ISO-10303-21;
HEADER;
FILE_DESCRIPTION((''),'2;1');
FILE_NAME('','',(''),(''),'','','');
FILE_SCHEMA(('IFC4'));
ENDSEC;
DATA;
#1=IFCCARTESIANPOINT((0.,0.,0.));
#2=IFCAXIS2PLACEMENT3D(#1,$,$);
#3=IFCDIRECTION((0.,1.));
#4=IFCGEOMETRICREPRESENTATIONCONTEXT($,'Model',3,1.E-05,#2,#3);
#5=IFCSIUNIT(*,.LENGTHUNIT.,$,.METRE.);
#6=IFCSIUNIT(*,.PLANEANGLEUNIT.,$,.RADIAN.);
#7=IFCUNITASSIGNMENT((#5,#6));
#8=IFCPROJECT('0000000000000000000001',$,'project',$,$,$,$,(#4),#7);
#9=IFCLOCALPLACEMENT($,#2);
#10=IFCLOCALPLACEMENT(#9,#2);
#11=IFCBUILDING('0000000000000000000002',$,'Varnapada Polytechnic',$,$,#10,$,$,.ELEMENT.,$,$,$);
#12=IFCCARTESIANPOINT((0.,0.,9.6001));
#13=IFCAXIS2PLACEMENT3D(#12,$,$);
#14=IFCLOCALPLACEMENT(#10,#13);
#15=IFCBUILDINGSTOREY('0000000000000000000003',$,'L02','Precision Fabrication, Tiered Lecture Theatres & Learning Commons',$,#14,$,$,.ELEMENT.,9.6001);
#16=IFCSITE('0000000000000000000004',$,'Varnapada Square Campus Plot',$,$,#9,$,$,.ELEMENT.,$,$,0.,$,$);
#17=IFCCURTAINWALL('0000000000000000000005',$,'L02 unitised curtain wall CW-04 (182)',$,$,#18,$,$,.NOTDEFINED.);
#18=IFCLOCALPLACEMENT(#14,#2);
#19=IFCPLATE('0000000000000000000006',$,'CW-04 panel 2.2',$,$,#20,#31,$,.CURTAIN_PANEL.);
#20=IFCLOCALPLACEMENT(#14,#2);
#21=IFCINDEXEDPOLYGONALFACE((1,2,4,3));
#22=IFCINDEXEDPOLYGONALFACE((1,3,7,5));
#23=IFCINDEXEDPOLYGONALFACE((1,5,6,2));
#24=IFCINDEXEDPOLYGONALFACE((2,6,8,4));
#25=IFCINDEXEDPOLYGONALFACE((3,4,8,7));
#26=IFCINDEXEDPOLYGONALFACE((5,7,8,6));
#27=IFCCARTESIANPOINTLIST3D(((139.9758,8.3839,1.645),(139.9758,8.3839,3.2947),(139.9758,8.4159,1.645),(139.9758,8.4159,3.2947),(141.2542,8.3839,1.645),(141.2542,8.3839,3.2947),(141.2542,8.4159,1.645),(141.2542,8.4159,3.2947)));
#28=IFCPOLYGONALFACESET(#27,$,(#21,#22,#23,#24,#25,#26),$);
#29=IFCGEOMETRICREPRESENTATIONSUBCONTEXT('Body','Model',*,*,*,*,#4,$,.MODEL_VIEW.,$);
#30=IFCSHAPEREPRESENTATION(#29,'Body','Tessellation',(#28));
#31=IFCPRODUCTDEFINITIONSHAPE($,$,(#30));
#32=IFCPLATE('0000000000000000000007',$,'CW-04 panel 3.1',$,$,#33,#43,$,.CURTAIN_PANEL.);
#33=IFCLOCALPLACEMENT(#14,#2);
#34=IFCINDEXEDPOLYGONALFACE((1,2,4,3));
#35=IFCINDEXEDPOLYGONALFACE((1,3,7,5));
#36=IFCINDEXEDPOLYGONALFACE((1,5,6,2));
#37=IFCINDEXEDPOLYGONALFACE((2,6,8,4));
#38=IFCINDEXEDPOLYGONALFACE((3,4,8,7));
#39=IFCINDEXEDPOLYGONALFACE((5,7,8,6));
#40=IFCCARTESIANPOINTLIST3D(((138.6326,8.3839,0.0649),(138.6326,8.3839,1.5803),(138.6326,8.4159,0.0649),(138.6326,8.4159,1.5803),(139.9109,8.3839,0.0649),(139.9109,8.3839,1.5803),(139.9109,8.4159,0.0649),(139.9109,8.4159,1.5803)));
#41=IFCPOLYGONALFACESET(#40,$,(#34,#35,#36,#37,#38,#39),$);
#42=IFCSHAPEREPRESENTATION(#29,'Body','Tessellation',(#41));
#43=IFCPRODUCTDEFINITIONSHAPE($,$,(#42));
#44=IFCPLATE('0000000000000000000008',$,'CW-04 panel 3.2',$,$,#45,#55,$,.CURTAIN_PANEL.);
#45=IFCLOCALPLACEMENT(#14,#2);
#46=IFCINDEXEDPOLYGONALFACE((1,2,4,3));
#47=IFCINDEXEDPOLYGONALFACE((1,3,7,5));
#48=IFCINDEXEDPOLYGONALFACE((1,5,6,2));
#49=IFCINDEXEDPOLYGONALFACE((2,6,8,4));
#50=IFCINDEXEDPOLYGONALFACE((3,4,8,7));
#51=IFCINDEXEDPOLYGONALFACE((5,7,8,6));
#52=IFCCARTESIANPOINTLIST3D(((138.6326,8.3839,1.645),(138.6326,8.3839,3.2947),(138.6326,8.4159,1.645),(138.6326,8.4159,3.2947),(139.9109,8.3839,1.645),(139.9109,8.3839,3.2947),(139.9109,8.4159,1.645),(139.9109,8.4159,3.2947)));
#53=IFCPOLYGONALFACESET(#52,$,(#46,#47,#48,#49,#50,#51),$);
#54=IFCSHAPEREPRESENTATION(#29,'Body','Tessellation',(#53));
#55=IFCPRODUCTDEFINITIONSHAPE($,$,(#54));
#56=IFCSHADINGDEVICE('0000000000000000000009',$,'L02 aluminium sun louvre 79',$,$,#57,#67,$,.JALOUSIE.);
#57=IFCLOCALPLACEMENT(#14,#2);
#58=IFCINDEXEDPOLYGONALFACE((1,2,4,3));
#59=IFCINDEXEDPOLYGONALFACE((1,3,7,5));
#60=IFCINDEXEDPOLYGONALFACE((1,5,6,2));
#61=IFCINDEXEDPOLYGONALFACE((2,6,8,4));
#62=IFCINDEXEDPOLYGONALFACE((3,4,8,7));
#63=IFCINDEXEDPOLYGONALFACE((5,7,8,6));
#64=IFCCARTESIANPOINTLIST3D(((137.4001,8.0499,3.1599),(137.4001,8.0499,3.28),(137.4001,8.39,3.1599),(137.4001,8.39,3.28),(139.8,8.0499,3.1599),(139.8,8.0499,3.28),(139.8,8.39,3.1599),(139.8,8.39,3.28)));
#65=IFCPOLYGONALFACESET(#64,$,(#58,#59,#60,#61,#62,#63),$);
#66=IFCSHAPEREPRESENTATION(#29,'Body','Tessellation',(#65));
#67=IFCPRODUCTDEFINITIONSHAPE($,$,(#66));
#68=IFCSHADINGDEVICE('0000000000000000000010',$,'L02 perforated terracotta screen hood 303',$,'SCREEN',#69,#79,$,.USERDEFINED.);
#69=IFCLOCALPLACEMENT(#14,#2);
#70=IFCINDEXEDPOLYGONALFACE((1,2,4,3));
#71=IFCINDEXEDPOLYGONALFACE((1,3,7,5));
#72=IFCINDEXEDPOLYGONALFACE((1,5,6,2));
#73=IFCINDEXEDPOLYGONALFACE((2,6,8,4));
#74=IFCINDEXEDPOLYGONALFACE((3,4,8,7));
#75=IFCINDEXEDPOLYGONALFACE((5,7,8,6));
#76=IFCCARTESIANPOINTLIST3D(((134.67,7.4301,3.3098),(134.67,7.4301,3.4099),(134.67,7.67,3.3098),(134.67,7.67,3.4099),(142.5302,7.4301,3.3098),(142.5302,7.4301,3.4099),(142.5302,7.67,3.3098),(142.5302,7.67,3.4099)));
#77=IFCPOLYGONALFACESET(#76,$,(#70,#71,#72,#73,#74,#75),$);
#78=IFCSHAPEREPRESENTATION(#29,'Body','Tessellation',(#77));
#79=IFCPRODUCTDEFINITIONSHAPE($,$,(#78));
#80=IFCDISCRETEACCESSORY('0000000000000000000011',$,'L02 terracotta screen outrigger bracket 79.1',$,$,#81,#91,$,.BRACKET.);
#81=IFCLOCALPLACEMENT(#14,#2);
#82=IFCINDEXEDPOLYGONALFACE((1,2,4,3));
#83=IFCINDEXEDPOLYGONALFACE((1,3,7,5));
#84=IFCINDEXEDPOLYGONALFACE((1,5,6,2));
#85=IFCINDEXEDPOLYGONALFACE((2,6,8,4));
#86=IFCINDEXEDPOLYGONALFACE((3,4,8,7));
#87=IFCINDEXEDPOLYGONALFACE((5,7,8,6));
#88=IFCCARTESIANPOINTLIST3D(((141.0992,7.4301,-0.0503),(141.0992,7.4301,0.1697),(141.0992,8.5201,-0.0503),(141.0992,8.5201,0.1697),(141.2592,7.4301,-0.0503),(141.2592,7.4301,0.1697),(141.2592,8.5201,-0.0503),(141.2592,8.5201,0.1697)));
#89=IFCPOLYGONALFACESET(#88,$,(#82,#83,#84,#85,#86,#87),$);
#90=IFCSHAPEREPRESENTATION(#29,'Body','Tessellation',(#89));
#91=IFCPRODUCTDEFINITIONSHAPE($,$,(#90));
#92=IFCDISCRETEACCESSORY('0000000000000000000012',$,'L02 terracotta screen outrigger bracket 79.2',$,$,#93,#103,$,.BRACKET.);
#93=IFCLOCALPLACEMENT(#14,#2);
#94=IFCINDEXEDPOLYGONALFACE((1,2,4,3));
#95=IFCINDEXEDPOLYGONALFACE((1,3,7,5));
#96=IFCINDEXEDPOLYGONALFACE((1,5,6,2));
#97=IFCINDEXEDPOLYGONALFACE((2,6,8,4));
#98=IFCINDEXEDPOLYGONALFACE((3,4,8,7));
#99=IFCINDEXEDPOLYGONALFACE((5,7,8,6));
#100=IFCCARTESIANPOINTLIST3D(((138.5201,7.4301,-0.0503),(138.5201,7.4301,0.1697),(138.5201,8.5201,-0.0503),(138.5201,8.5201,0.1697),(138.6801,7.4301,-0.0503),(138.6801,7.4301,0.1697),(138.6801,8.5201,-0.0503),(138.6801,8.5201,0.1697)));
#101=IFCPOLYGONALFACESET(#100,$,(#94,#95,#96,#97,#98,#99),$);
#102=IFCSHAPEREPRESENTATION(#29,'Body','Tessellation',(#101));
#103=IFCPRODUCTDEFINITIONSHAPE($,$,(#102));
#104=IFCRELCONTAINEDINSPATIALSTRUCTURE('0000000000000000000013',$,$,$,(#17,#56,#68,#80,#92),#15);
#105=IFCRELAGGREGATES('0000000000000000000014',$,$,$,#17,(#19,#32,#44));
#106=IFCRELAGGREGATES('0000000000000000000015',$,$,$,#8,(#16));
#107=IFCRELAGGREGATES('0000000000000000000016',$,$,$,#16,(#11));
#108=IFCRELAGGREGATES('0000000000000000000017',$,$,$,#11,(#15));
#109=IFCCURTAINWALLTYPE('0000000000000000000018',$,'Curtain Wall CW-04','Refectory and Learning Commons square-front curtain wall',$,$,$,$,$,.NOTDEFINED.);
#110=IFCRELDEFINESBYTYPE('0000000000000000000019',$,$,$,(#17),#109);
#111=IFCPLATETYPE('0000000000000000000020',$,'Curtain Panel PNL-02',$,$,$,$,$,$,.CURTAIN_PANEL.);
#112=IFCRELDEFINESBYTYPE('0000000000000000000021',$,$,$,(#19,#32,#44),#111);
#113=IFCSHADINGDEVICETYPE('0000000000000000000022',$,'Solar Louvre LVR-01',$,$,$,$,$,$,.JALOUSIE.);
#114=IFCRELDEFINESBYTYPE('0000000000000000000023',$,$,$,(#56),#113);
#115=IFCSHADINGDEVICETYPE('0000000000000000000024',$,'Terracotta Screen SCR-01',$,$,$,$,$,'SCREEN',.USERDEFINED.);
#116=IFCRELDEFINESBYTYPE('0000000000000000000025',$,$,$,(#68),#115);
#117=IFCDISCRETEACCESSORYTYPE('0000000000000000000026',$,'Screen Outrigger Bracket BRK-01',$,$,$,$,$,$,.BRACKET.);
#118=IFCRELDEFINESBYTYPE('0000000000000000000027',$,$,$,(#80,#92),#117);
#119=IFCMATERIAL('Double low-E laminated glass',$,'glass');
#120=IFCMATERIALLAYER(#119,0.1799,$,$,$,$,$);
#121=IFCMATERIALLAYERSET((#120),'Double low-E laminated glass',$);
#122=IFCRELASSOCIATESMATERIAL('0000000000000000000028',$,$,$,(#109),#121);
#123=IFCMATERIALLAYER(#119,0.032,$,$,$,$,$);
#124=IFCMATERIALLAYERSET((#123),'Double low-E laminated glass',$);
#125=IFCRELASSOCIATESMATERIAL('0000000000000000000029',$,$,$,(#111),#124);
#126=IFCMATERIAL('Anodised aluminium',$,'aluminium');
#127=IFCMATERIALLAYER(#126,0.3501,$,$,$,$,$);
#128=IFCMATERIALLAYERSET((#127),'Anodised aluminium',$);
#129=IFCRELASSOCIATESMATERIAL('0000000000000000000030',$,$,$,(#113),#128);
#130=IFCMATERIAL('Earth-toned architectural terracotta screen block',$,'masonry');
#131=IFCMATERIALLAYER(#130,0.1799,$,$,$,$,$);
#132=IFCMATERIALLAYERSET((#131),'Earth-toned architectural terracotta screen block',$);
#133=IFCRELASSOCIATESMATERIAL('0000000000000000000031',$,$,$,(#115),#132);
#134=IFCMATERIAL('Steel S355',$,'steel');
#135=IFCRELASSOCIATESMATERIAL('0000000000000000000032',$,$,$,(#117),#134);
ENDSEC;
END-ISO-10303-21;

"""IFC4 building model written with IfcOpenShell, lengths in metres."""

from ifc_helpers import new_model, si_unit, direction, frame, origin, origin_2d, place, context, subcontext, project, spatial, rectangle, extrude, material, layer, layer_set, type_object, element, aggregate, save


model = new_model("IFC4")

# Units and contexts
model_context = context("Model", 3, precision=1e-05, world=origin(), true_north=direction((0.0, 1.0)))
body_context = subcontext(model_context, "Body", "Model", "MODEL_VIEW")
ifc_project = project(units=[si_unit("LENGTHUNIT", "METRE"), si_unit("PLANEANGLEUNIT", "RADIAN")], contexts=[model_context])

# Site, building, storey
site_placement = place(None, origin())
site = spatial("IfcSite", under=ifc_project, at=site_placement, Name="Varnapada Square Campus Plot", CompositionType="ELEMENT", RefElevation=0.0)
building_placement = place(site_placement, origin())
building = spatial("IfcBuilding", under=site, at=building_placement, Name="Varnapada Polytechnic", CompositionType="ELEMENT")
storey_placement = place(building_placement, frame((0.0, 0.0, 9.6001)))
storey = spatial("IfcBuildingStorey", under=building, at=storey_placement, Name="L02", Description="Precision Fabrication, Tiered Lecture Theatres & Learning Commons", CompositionType="ELEMENT", Elevation=9.6001)

# Curtain wall, plates
ifc_material_1 = material(Name="Double low-E laminated glass", Category="glass")
ifc_layer_1 = layer(ifc_material_1, 0.1799)
ifc_layer_set_1 = layer_set([ifc_layer_1], Name="Double low-E laminated glass")
curtain_wall_type = type_object("IfcCurtainWallType", Name="Curtain Wall CW-04", Description="Refectory and Learning Commons square-front curtain wall", PredefinedType="NOTDEFINED", material=ifc_layer_set_1)
curtain_wall_placement = place(storey_placement, origin())
curtain_wall = element("IfcCurtainWall", 1, at=curtain_wall_placement, inside=storey, type_object=curtain_wall_type, Name="L02 unitised curtain wall CW-04 (182)", PredefinedType="NOTDEFINED")
ifc_material_2 = material(Name="Anodised aluminium", Category="aluminium")
ifc_layer_2 = layer(ifc_material_1, 0.032)
ifc_layer_set_2 = layer_set([ifc_layer_2], Name="Double low-E laminated glass")
plate_type = type_object("IfcPlateType", Name="Curtain Panel PNL-02", PredefinedType="CURTAIN_PANEL", material=ifc_layer_set_2)
plate_1_placement = place(storey_placement, frame((140.615, 8.3999, 1.645), z_axis=(0.0, 0.0, 1.0), x_axis=(-1.0, 0.0, 0.0)))
plate_1 = element("IfcPlate", 2, at=plate_1_placement, type_object=plate_type, Name="CW-04 panel 2.2", PredefinedType="CURTAIN_PANEL", context=body_context, shape_type="SweptSolid", body=[
    extrude(rectangle(XDim=1.2783, YDim=0.032, at=origin_2d()), origin(), (0.0, 0.0, 1.0), 1.6497),
])
plate_2_placement = place(storey_placement, frame((139.2717, 8.3999, 0.0649), z_axis=(0.0, 0.0, 1.0), x_axis=(-1.0, 0.0, 0.0)))
plate_2 = element("IfcPlate", 3, at=plate_2_placement, type_object=plate_type, Name="CW-04 panel 3.1", PredefinedType="CURTAIN_PANEL", context=body_context, shape_type="SweptSolid", body=[
    extrude(rectangle(XDim=1.2783, YDim=0.032, at=origin_2d()), origin(), (0.0, 0.0, 1.0), 1.5154),
])
plate_3_placement = place(storey_placement, frame((139.2717, 8.3999, 1.645), z_axis=(0.0, 0.0, 1.0), x_axis=(-1.0, 0.0, 0.0)))
plate_3 = element("IfcPlate", 4, at=plate_3_placement, type_object=plate_type, Name="CW-04 panel 3.2", PredefinedType="CURTAIN_PANEL", context=body_context, shape_type="SweptSolid", body=[
    extrude(rectangle(XDim=1.2783, YDim=0.032, at=origin_2d()), origin(), (0.0, 0.0, 1.0), 1.6497),
])
aggregate(curtain_wall, [plate_1, plate_2, plate_3])

# Shading devices
ifc_layer_3 = layer(ifc_material_2, 0.3501)
ifc_layer_set_3 = layer_set([ifc_layer_3], Name="Anodised aluminium")
shading_device_type_1 = type_object("IfcShadingDeviceType", Name="Solar Louvre LVR-01", PredefinedType="JALOUSIE", material=ifc_layer_set_3)
shading_device_1_placement = place(storey_placement, frame((138.6001, 8.22, 3.1599), z_axis=(0.0, 0.0, 1.0), x_axis=(-1.0, 0.0, 0.0)))
element("IfcShadingDevice", 5, at=shading_device_1_placement, inside=storey, type_object=shading_device_type_1, Name="L02 aluminium sun louvre 79", PredefinedType="JALOUSIE", context=body_context, shape_type="SweptSolid", body=[
    extrude(rectangle(XDim=2.3999, YDim=0.3401, at=origin_2d()), origin(), (0.0, 0.0, 1.0), 0.1201),
])
ifc_material_3 = material(Name="Earth-toned architectural terracotta screen block", Category="masonry")
ifc_layer_4 = layer(ifc_material_3, 0.1799)
ifc_layer_set_4 = layer_set([ifc_layer_4], Name="Earth-toned architectural terracotta screen block")
shading_device_type_2 = type_object("IfcShadingDeviceType", Name="Terracotta Screen SCR-01", ElementType="SCREEN", PredefinedType="USERDEFINED", material=ifc_layer_set_4)
shading_device_2_placement = place(storey_placement, frame((138.6001, 7.55, 3.3098), z_axis=(0.0, 0.0, 1.0), x_axis=(-1.0, 0.0, 0.0)))
element("IfcShadingDevice", 6, at=shading_device_2_placement, inside=storey, type_object=shading_device_type_2, Name="L02 perforated terracotta screen hood 303", ObjectType="SCREEN", PredefinedType="USERDEFINED", context=body_context, shape_type="SweptSolid", body=[
    extrude(rectangle(XDim=7.8601, YDim=0.24, at=origin_2d()), origin(), (0.0, 0.0, 1.0), 0.1001),
])

# Discrete accessories
ifc_material_4 = material(Name="Steel S355", Category="steel")
discrete_accessory_type = type_object("IfcDiscreteAccessoryType", Name="Screen Outrigger Bracket BRK-01", PredefinedType="BRACKET", material=ifc_material_4)
for number, where, z_axis, x_axis, name in (
    (7, (141.1792, 7.9751, -0.0503), (0.0, 0.0, 1.0), (-1.0, 0.0, 0.0), "L02 terracotta screen outrigger bracket 79.1"),
    (8, (138.6001, 7.9751, -0.0503), (0.0, 0.0, 1.0), (-1.0, 0.0, 0.0), "L02 terracotta screen outrigger bracket 79.2"),
):
    element("IfcDiscreteAccessory", number, at=place(storey_placement, frame(where, z_axis=z_axis, x_axis=x_axis)), inside=storey, type_object=discrete_accessory_type, Name=name, PredefinedType="BRACKET", context=body_context, shape_type="SweptSolid", body=[
        extrude(rectangle(XDim=0.1599, YDim=1.0901, at=origin_2d()), origin(), (0.0, 0.0, 1.0), 0.22),
    ])

save(model, "model.ifc")
